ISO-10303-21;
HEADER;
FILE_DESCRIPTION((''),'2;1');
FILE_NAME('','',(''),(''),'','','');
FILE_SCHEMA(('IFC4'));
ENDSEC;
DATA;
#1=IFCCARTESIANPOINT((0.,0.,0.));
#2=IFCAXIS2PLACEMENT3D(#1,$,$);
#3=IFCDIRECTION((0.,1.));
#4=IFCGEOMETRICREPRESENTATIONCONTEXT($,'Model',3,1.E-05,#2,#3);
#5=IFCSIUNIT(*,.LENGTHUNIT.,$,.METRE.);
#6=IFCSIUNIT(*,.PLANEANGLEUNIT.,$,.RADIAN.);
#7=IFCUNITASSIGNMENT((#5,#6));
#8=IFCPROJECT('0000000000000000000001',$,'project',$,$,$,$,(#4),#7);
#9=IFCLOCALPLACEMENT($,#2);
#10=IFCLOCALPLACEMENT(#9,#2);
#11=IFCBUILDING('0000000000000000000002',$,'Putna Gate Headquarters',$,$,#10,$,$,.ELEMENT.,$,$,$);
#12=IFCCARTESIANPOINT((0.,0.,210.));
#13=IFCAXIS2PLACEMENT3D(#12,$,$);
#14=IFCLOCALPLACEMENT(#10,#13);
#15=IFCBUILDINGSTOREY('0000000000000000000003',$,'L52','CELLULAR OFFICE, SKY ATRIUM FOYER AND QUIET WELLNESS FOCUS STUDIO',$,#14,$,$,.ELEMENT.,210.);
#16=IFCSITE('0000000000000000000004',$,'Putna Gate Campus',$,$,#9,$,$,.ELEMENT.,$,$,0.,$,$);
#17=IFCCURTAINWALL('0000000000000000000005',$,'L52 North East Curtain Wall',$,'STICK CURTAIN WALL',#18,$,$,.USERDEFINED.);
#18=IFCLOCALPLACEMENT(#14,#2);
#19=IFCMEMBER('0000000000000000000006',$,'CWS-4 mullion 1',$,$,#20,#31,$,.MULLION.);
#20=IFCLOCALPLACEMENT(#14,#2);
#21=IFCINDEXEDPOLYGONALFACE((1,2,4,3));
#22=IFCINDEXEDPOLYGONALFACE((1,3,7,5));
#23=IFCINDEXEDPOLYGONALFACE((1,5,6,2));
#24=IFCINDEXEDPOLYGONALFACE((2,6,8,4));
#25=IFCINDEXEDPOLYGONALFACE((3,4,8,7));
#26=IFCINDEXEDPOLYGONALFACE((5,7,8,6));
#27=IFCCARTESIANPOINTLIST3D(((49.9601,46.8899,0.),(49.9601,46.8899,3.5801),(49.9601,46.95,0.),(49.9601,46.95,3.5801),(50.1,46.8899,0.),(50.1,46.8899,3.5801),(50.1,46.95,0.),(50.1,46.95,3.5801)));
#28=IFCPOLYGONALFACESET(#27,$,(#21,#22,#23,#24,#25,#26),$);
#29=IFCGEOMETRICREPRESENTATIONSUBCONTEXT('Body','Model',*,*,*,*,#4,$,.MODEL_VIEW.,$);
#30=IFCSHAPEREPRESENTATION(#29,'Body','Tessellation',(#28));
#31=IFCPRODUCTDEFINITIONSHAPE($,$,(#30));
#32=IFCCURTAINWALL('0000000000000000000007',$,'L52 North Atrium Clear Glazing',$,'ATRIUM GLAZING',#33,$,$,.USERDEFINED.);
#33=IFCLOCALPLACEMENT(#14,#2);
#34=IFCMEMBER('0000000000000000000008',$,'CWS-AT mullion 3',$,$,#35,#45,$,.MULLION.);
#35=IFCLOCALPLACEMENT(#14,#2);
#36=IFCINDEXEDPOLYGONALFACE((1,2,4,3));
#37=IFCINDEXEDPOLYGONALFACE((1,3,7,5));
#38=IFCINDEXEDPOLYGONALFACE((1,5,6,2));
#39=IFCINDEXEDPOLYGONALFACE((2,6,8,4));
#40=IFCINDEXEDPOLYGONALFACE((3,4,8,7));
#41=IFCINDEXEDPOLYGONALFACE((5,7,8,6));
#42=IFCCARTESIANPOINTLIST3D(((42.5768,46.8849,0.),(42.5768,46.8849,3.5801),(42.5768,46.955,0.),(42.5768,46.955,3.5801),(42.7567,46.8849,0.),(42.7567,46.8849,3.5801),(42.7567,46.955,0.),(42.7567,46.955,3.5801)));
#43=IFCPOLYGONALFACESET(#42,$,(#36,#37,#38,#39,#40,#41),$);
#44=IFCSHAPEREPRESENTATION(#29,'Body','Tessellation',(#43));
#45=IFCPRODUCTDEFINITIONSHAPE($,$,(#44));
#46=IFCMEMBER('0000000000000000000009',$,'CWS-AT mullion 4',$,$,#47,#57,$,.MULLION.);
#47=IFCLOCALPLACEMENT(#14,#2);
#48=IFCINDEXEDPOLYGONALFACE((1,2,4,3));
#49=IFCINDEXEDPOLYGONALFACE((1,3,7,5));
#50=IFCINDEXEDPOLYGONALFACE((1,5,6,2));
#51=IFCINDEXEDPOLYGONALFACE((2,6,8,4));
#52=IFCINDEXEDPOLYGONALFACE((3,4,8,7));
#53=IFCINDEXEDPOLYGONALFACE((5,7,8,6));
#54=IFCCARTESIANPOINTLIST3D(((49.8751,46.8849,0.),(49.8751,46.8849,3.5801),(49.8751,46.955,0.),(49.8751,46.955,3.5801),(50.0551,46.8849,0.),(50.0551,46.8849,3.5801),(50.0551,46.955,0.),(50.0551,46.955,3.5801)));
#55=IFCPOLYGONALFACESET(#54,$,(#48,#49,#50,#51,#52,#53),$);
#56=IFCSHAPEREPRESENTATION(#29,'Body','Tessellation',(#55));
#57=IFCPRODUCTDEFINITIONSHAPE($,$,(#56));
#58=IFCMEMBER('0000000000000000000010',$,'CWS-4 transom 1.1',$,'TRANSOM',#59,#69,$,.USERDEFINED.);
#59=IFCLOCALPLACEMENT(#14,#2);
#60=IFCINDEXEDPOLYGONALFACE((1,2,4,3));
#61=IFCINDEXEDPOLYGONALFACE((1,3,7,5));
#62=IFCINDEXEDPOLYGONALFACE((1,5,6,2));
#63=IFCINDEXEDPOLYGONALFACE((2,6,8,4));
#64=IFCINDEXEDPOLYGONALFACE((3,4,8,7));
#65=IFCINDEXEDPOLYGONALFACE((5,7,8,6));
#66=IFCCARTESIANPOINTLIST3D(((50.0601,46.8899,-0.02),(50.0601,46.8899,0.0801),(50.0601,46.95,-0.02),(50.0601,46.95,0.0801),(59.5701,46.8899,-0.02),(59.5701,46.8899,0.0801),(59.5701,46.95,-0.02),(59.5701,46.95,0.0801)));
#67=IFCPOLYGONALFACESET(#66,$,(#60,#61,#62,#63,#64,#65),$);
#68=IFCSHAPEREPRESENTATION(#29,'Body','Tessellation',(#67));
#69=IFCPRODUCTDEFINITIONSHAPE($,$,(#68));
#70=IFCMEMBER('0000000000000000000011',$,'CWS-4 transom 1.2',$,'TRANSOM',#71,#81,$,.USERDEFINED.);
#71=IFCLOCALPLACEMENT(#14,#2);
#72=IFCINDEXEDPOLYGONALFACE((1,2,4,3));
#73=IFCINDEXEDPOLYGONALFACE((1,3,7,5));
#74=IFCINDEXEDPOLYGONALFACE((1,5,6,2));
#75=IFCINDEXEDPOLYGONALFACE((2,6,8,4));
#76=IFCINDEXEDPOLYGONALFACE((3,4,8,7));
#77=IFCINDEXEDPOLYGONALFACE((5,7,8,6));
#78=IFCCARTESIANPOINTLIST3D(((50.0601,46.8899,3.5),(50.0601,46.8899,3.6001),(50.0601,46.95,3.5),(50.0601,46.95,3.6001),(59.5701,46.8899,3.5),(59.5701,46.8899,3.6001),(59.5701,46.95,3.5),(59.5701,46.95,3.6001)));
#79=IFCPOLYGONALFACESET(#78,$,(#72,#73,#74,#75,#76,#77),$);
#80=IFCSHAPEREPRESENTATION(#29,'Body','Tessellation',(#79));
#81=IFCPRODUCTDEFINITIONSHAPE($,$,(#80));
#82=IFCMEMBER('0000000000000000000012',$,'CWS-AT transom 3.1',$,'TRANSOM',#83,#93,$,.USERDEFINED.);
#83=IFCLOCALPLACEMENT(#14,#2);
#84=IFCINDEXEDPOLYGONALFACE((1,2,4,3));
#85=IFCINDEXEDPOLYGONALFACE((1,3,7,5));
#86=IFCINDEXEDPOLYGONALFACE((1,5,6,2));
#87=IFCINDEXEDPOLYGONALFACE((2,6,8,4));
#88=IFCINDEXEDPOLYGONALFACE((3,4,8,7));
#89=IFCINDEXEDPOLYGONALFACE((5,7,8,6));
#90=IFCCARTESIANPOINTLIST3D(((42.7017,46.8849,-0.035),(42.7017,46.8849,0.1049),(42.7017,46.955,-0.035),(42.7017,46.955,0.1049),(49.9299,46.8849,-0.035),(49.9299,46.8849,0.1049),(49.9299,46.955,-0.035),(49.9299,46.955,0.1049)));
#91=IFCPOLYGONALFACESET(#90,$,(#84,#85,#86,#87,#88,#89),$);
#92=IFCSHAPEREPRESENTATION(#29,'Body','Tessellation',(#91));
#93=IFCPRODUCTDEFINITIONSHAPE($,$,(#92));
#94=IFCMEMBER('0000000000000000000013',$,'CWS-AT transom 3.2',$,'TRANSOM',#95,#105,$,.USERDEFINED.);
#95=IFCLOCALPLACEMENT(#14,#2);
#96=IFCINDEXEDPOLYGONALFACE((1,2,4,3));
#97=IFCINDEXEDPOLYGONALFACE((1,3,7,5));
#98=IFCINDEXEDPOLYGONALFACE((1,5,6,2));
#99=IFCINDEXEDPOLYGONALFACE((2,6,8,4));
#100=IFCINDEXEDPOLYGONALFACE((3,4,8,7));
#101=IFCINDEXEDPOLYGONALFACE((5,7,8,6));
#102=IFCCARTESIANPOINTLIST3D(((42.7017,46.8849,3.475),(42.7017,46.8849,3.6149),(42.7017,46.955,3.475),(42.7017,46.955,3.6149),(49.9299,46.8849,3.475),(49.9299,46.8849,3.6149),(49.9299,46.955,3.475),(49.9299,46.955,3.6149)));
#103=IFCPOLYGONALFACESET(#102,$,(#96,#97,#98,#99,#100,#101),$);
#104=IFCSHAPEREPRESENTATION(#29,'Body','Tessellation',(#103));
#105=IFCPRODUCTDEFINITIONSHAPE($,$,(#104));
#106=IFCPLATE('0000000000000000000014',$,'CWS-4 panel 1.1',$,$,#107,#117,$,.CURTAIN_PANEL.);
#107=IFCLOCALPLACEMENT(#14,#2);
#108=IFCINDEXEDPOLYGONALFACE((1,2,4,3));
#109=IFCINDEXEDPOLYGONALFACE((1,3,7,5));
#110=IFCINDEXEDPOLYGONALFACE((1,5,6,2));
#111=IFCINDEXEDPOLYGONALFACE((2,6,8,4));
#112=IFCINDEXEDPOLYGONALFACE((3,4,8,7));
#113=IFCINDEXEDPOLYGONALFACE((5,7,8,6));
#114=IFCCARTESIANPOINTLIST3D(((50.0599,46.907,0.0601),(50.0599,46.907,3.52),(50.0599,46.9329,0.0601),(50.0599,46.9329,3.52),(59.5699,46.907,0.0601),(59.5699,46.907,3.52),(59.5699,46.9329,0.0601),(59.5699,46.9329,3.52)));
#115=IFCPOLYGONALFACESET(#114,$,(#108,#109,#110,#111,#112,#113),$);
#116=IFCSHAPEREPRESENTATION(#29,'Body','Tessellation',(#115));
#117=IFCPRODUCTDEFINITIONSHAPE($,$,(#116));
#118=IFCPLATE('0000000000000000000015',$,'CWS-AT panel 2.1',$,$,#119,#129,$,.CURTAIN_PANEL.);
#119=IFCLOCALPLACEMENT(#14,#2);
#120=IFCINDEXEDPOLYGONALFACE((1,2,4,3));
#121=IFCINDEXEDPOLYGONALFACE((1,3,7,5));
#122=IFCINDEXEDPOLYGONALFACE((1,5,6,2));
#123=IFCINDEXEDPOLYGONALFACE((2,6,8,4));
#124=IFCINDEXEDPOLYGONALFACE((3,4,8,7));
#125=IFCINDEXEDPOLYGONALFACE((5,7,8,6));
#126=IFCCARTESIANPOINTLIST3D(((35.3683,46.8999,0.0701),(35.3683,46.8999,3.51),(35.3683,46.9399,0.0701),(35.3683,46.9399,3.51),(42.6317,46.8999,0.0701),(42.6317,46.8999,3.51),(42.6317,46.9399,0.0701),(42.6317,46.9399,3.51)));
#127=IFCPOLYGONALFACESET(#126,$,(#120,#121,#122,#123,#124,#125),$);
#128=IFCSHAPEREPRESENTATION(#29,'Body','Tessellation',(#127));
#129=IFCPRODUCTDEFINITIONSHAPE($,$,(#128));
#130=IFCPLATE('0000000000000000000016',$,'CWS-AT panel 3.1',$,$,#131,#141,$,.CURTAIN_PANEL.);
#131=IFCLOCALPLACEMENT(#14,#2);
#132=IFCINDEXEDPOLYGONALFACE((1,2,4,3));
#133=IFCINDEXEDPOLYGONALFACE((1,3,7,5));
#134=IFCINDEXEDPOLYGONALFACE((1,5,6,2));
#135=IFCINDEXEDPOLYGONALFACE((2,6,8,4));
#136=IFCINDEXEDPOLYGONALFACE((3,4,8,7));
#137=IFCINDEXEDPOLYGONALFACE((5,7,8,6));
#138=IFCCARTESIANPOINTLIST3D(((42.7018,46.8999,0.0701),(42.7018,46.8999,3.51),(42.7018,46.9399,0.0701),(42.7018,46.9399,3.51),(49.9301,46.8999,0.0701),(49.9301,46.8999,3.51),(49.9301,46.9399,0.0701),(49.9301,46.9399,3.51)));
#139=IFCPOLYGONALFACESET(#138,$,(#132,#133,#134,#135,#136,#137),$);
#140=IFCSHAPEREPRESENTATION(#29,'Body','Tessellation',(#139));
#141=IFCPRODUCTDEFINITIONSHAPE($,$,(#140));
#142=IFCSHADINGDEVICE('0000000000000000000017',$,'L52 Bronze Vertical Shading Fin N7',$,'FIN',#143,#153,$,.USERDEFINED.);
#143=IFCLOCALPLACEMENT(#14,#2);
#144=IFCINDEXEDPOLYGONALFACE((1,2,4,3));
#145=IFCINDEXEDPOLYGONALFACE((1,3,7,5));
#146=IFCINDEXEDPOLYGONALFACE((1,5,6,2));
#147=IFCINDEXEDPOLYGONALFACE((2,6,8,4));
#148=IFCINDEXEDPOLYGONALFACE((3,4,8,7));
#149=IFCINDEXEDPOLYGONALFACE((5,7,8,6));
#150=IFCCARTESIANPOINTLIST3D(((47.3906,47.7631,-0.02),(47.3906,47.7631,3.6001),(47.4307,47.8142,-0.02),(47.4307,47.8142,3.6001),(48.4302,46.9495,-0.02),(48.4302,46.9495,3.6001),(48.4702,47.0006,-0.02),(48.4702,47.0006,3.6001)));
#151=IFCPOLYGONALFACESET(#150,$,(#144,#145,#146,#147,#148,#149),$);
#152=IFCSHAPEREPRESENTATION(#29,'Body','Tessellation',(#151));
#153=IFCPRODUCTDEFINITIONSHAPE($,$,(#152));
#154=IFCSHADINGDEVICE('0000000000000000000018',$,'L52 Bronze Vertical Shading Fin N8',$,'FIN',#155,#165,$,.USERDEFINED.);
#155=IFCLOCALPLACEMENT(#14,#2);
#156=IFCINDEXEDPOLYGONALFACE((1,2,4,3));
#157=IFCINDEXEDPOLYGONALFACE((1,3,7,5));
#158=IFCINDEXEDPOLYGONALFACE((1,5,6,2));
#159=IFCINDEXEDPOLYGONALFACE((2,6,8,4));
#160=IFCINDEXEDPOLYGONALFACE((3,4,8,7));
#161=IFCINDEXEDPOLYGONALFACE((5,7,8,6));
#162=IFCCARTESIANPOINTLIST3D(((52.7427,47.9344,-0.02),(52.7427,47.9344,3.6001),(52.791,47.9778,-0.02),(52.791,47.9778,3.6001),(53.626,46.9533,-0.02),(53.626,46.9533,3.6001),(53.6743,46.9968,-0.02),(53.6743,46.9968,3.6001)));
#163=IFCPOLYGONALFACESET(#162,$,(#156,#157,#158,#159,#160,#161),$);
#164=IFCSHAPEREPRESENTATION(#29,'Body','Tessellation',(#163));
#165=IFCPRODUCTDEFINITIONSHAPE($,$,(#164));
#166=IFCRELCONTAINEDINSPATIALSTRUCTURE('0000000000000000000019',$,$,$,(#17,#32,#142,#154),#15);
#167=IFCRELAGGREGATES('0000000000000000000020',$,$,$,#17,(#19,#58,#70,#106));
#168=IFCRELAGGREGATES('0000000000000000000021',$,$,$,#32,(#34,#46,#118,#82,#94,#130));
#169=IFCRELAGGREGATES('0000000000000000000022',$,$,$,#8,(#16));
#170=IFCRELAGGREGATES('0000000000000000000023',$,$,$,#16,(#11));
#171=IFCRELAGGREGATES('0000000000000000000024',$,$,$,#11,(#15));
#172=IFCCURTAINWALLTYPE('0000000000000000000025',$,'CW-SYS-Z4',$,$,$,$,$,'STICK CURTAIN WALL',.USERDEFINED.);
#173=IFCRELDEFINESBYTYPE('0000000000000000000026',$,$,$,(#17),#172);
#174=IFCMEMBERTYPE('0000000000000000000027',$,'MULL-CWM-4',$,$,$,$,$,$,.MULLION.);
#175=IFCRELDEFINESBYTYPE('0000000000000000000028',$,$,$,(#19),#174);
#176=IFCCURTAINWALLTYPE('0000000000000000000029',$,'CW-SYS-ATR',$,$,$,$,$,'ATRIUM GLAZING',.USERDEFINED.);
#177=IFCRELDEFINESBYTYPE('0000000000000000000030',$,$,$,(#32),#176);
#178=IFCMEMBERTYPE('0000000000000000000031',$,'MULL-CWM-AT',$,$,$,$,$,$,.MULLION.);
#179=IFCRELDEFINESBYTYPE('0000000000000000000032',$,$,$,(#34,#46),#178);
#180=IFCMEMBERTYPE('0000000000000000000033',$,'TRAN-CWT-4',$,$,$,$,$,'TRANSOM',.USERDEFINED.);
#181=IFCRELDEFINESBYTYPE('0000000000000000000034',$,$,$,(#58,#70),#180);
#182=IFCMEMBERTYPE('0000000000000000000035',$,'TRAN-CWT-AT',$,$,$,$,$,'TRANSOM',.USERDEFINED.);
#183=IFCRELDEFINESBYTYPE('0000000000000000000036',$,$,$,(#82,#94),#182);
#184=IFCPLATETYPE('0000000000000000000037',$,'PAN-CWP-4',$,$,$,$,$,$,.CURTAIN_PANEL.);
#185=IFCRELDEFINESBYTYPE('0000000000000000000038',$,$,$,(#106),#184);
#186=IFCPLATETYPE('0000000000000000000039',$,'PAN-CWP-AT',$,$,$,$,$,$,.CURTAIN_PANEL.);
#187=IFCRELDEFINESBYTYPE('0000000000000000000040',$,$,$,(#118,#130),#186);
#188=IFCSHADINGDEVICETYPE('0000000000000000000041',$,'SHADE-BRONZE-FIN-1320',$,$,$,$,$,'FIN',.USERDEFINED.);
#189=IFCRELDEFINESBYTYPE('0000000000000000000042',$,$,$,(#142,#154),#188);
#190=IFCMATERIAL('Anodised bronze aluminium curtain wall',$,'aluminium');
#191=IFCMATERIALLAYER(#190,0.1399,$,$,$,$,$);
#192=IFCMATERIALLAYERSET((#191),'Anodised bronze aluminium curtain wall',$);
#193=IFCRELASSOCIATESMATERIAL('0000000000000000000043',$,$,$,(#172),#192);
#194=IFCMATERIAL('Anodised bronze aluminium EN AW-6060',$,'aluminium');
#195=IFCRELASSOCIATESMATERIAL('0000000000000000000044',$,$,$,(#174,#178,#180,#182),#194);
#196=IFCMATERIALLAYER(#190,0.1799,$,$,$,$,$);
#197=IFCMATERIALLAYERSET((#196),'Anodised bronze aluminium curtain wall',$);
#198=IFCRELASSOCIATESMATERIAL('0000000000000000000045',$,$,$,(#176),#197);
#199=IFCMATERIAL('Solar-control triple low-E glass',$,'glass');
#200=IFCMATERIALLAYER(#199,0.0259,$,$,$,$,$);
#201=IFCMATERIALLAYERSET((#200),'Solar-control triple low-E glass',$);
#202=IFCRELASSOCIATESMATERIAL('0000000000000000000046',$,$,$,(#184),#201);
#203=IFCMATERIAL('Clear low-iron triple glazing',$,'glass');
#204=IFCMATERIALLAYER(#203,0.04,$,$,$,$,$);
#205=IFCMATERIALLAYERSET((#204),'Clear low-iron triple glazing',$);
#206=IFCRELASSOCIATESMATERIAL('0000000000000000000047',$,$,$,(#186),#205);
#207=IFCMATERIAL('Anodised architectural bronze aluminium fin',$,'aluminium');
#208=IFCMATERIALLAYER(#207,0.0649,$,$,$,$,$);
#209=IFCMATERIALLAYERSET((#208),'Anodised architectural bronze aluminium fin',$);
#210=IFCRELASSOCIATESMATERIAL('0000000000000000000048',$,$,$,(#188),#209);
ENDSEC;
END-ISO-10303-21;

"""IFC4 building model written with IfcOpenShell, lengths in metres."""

from ifc_helpers import new_model, si_unit, direction, frame, origin, origin_2d, place, context, subcontext, project, spatial, rectangle, extrude, material, layer, layer_set, material_profile, profile_set, type_object, element, aggregate, save


model = new_model("IFC4")

# Units and contexts
model_context = context("Model", 3, precision=1e-05, world=origin(), true_north=direction((0.0, 1.0)))
body_context = subcontext(model_context, "Body", "Model", "MODEL_VIEW")
ifc_project = project(units=[si_unit("LENGTHUNIT", "METRE"), si_unit("PLANEANGLEUNIT", "RADIAN")], contexts=[model_context])

# Site, building, storey
site_placement = place(None, origin())
site = spatial("IfcSite", under=ifc_project, at=site_placement, Name="Putna Gate Campus", CompositionType="ELEMENT", RefElevation=0.0)
building_placement = place(site_placement, origin())
building = spatial("IfcBuilding", under=site, at=building_placement, Name="Putna Gate Headquarters", CompositionType="ELEMENT")
storey_placement = place(building_placement, frame((0.0, 0.0, 210.0)))
storey = spatial("IfcBuildingStorey", under=building, at=storey_placement, Name="L52", Description="CELLULAR OFFICE, SKY ATRIUM FOYER AND QUIET WELLNESS FOCUS STUDIO", CompositionType="ELEMENT", Elevation=210.0)

# Curtain wall, member
ifc_material_1 = material(Name="Anodised bronze aluminium curtain wall", Category="aluminium")
ifc_layer_1 = layer(ifc_material_1, 0.1399)
ifc_layer_set_1 = layer_set([ifc_layer_1], Name="Anodised bronze aluminium curtain wall")
curtain_wall_type_1 = type_object("IfcCurtainWallType", Name="CW-SYS-Z4", ElementType="STICK CURTAIN WALL", PredefinedType="USERDEFINED", material=ifc_layer_set_1)
curtain_wall_1_placement = place(storey_placement, origin())
curtain_wall_1 = element("IfcCurtainWall", 1, at=curtain_wall_1_placement, inside=storey, type_object=curtain_wall_type_1, Name="L52 North East Curtain Wall", ObjectType="STICK CURTAIN WALL", PredefinedType="USERDEFINED")
ifc_material_2 = material(Name="Anodised bronze aluminium EN AW-6060", Category="aluminium")
ifc_material_profile_1 = material_profile(ifc_material_2, rectangle(XDim=0.0601, YDim=0.1399, at=origin_2d()), Name="Anodised bronze aluminium EN AW-6060")
ifc_profile_set_1 = profile_set([ifc_material_profile_1], Name="Anodised bronze aluminium EN AW-6060")
member_type_1 = type_object("IfcMemberType", Name="MULL-CWM-4", PredefinedType="MULLION", material=ifc_profile_set_1)
member_1_placement = place(storey_placement, frame((50.03, 46.9199, 0.0), z_axis=(0.0, 0.0, 1.0), x_axis=(0.0, 1.0, 0.0)))
member_1 = element("IfcMember", 2, at=member_1_placement, type_object=member_type_1, Name="CWS-4 mullion 1", PredefinedType="MULLION", context=body_context, shape_type="SweptSolid", body=[
    extrude(rectangle(XDim=0.0601, YDim=0.1399, at=origin_2d()), origin(), (0.0, 0.0, 1.0), 3.5801),
])

# Curtain wall, members
ifc_layer_2 = layer(ifc_material_1, 0.1799)
ifc_layer_set_2 = layer_set([ifc_layer_2], Name="Anodised bronze aluminium curtain wall")
curtain_wall_type_2 = type_object("IfcCurtainWallType", Name="CW-SYS-ATR", ElementType="ATRIUM GLAZING", PredefinedType="USERDEFINED", material=ifc_layer_set_2)
curtain_wall_2_placement = place(storey_placement, origin())
curtain_wall_2 = element("IfcCurtainWall", 3, at=curtain_wall_2_placement, inside=storey, type_object=curtain_wall_type_2, Name="L52 North Atrium Clear Glazing", ObjectType="ATRIUM GLAZING", PredefinedType="USERDEFINED")
ifc_material_profile_2 = material_profile(ifc_material_2, rectangle(XDim=0.0701, YDim=0.1799, at=origin_2d()), Name="Anodised bronze aluminium EN AW-6060")
ifc_profile_set_2 = profile_set([ifc_material_profile_2], Name="Anodised bronze aluminium EN AW-6060")
member_type_2 = type_object("IfcMemberType", Name="MULL-CWM-AT", PredefinedType="MULLION", material=ifc_profile_set_2)
member_2_placement = place(storey_placement, frame((42.6667, 46.9199, 0.0), z_axis=(0.0, 0.0, 1.0), x_axis=(0.0, 1.0, 0.0)))
member_2 = element("IfcMember", 4, at=member_2_placement, type_object=member_type_2, Name="CWS-AT mullion 3", PredefinedType="MULLION", context=body_context, shape_type="SweptSolid", body=[
    extrude(rectangle(XDim=0.0701, YDim=0.1799, at=origin_2d()), origin(), (0.0, 0.0, 1.0), 3.5801),
])
member_3_placement = place(storey_placement, frame((49.9651, 46.9199, 0.0), z_axis=(0.0, 0.0, 1.0), x_axis=(0.0, 1.0, 0.0)))
member_3 = element("IfcMember", 5, at=member_3_placement, type_object=member_type_2, Name="CWS-AT mullion 4", PredefinedType="MULLION", context=body_context, shape_type="SweptSolid", body=[
    extrude(rectangle(XDim=0.0701, YDim=0.1799, at=origin_2d()), origin(), (0.0, 0.0, 1.0), 3.5801),
])

# Members
ifc_material_profile_3 = material_profile(ifc_material_2, rectangle(XDim=0.0601, YDim=0.1001, at=origin_2d()), Name="Anodised bronze aluminium EN AW-6060")
ifc_profile_set_3 = profile_set([ifc_material_profile_3], Name="Anodised bronze aluminium EN AW-6060")
member_type_3 = type_object("IfcMemberType", Name="TRAN-CWT-4", ElementType="TRANSOM", PredefinedType="USERDEFINED", material=ifc_profile_set_3)
member_4_placement = place(storey_placement, frame((50.0601, 46.9199, 0.03), z_axis=(1.0, 0.0, 0.0), x_axis=(0.0, 1.0, 0.0)))
member_4 = element("IfcMember", 6, at=member_4_placement, type_object=member_type_3, Name="CWS-4 transom 1.1", ObjectType="TRANSOM", PredefinedType="USERDEFINED", context=body_context, shape_type="SweptSolid", body=[
    extrude(rectangle(XDim=0.0601, YDim=0.1001, at=origin_2d()), origin(), (0.0, 0.0, 1.0), 9.51),
])
member_5_placement = place(storey_placement, frame((50.0601, 46.9199, 3.55), z_axis=(1.0, 0.0, 0.0), x_axis=(0.0, 1.0, 0.0)))
member_5 = element("IfcMember", 7, at=member_5_placement, type_object=member_type_3, Name="CWS-4 transom 1.2", ObjectType="TRANSOM", PredefinedType="USERDEFINED", context=body_context, shape_type="SweptSolid", body=[
    extrude(rectangle(XDim=0.0601, YDim=0.1001, at=origin_2d()), origin(), (0.0, 0.0, 1.0), 9.51),
])
ifc_material_profile_4 = material_profile(ifc_material_2, rectangle(XDim=0.0701, YDim=0.1399, at=origin_2d()), Name="Anodised bronze aluminium EN AW-6060")
ifc_profile_set_4 = profile_set([ifc_material_profile_4], Name="Anodised bronze aluminium EN AW-6060")
member_type_4 = type_object("IfcMemberType", Name="TRAN-CWT-AT", ElementType="TRANSOM", PredefinedType="USERDEFINED", material=ifc_profile_set_4)
member_6_placement = place(storey_placement, frame((42.7017, 46.9199, 0.0349), z_axis=(1.0, 0.0, 0.0), x_axis=(0.0, 1.0, 0.0)))
member_6 = element("IfcMember", 8, at=member_6_placement, type_object=member_type_4, Name="CWS-AT transom 3.1", ObjectType="TRANSOM", PredefinedType="USERDEFINED", context=body_context, shape_type="SweptSolid", body=[
    extrude(rectangle(XDim=0.0701, YDim=0.1399, at=origin_2d()), origin(), (0.0, 0.0, 1.0), 7.2283),
])
member_7_placement = place(storey_placement, frame((42.7017, 46.9199, 3.5449), z_axis=(1.0, 0.0, 0.0), x_axis=(0.0, 1.0, 0.0)))
member_7 = element("IfcMember", 9, at=member_7_placement, type_object=member_type_4, Name="CWS-AT transom 3.2", ObjectType="TRANSOM", PredefinedType="USERDEFINED", context=body_context, shape_type="SweptSolid", body=[
    extrude(rectangle(XDim=0.0701, YDim=0.1399, at=origin_2d()), origin(), (0.0, 0.0, 1.0), 7.2283),
])

# Plates
ifc_material_3 = material(Name="Solar-control triple low-E glass", Category="glass")
ifc_layer_3 = layer(ifc_material_3, 0.0259)
ifc_layer_set_3 = layer_set([ifc_layer_3], Name="Solar-control triple low-E glass")
plate_type_1 = type_object("IfcPlateType", Name="PAN-CWP-4", PredefinedType="CURTAIN_PANEL", material=ifc_layer_set_3)
plate_1_placement = place(storey_placement, frame((54.8149, 46.9199, 0.0601), z_axis=(0.0, 0.0, 1.0), x_axis=(1.0, 0.0, 0.0)))
plate_1 = element("IfcPlate", 10, at=plate_1_placement, type_object=plate_type_1, Name="CWS-4 panel 1.1", PredefinedType="CURTAIN_PANEL", context=body_context, shape_type="SweptSolid", body=[
    extrude(rectangle(XDim=9.51, YDim=0.0259, at=origin_2d()), origin(), (0.0, 0.0, 1.0), 3.46),
])
aggregate(curtain_wall_1, [member_1, member_4, member_5, plate_1])
ifc_material_4 = material(Name="Clear low-iron triple glazing", Category="glass")
ifc_layer_4 = layer(ifc_material_4, 0.04)
ifc_layer_set_4 = layer_set([ifc_layer_4], Name="Clear low-iron triple glazing")
plate_type_2 = type_object("IfcPlateType", Name="PAN-CWP-AT", PredefinedType="CURTAIN_PANEL", material=ifc_layer_set_4)
plate_2_placement = place(storey_placement, frame((39.0, 46.9199, 0.0701), z_axis=(0.0, 0.0, 1.0), x_axis=(1.0, 0.0, 0.0)))
plate_2 = element("IfcPlate", 11, at=plate_2_placement, type_object=plate_type_2, Name="CWS-AT panel 2.1", PredefinedType="CURTAIN_PANEL", context=body_context, shape_type="SweptSolid", body=[
    extrude(rectangle(XDim=7.2634, YDim=0.04, at=origin_2d()), origin(), (0.0, 0.0, 1.0), 3.4399),
])
plate_3_placement = place(storey_placement, frame((46.3159, 46.9199, 0.0701), z_axis=(0.0, 0.0, 1.0), x_axis=(1.0, 0.0, 0.0)))
plate_3 = element("IfcPlate", 12, at=plate_3_placement, type_object=plate_type_2, Name="CWS-AT panel 3.1", PredefinedType="CURTAIN_PANEL", context=body_context, shape_type="SweptSolid", body=[
    extrude(rectangle(XDim=7.2283, YDim=0.04, at=origin_2d()), origin(), (0.0, 0.0, 1.0), 3.4399),
])
aggregate(curtain_wall_2, [member_2, member_3, plate_2, member_6, member_7, plate_3])

# Shading devices
ifc_material_5 = material(Name="Anodised architectural bronze aluminium fin", Category="aluminium")
ifc_layer_5 = layer(ifc_material_5, 0.0649)
ifc_layer_set_5 = layer_set([ifc_layer_5], Name="Anodised architectural bronze aluminium fin")
shading_device_type = type_object("IfcShadingDeviceType", Name="SHADE-BRONZE-FIN-1320", ElementType="FIN", PredefinedType="USERDEFINED", material=ifc_layer_set_5)
for number, where, z_axis, x_axis, name in (
    (13, (47.9304, 47.3818, -0.02), (0.0, 0.0, 1.0), (-0.787473, 0.616349, 0.0), "L52 Bronze Vertical Shading Fin N7"),
    (14, (53.2085, 47.4656, -0.02), (0.0, 0.0, 1.0), (-0.669131, 0.743145, 0.0), "L52 Bronze Vertical Shading Fin N8"),
):
    element("IfcShadingDevice", number, at=place(storey_placement, frame(where, z_axis=z_axis, x_axis=x_axis)), inside=storey, type_object=shading_device_type, Name=name, ObjectType="FIN", PredefinedType="USERDEFINED", context=body_context, shape_type="SweptSolid", body=[
        extrude(rectangle(XDim=1.3201, YDim=0.0649, at=origin_2d()), origin(), (0.0, 0.0, 1.0), 3.6201),
    ])

save(model, "model.ifc")
